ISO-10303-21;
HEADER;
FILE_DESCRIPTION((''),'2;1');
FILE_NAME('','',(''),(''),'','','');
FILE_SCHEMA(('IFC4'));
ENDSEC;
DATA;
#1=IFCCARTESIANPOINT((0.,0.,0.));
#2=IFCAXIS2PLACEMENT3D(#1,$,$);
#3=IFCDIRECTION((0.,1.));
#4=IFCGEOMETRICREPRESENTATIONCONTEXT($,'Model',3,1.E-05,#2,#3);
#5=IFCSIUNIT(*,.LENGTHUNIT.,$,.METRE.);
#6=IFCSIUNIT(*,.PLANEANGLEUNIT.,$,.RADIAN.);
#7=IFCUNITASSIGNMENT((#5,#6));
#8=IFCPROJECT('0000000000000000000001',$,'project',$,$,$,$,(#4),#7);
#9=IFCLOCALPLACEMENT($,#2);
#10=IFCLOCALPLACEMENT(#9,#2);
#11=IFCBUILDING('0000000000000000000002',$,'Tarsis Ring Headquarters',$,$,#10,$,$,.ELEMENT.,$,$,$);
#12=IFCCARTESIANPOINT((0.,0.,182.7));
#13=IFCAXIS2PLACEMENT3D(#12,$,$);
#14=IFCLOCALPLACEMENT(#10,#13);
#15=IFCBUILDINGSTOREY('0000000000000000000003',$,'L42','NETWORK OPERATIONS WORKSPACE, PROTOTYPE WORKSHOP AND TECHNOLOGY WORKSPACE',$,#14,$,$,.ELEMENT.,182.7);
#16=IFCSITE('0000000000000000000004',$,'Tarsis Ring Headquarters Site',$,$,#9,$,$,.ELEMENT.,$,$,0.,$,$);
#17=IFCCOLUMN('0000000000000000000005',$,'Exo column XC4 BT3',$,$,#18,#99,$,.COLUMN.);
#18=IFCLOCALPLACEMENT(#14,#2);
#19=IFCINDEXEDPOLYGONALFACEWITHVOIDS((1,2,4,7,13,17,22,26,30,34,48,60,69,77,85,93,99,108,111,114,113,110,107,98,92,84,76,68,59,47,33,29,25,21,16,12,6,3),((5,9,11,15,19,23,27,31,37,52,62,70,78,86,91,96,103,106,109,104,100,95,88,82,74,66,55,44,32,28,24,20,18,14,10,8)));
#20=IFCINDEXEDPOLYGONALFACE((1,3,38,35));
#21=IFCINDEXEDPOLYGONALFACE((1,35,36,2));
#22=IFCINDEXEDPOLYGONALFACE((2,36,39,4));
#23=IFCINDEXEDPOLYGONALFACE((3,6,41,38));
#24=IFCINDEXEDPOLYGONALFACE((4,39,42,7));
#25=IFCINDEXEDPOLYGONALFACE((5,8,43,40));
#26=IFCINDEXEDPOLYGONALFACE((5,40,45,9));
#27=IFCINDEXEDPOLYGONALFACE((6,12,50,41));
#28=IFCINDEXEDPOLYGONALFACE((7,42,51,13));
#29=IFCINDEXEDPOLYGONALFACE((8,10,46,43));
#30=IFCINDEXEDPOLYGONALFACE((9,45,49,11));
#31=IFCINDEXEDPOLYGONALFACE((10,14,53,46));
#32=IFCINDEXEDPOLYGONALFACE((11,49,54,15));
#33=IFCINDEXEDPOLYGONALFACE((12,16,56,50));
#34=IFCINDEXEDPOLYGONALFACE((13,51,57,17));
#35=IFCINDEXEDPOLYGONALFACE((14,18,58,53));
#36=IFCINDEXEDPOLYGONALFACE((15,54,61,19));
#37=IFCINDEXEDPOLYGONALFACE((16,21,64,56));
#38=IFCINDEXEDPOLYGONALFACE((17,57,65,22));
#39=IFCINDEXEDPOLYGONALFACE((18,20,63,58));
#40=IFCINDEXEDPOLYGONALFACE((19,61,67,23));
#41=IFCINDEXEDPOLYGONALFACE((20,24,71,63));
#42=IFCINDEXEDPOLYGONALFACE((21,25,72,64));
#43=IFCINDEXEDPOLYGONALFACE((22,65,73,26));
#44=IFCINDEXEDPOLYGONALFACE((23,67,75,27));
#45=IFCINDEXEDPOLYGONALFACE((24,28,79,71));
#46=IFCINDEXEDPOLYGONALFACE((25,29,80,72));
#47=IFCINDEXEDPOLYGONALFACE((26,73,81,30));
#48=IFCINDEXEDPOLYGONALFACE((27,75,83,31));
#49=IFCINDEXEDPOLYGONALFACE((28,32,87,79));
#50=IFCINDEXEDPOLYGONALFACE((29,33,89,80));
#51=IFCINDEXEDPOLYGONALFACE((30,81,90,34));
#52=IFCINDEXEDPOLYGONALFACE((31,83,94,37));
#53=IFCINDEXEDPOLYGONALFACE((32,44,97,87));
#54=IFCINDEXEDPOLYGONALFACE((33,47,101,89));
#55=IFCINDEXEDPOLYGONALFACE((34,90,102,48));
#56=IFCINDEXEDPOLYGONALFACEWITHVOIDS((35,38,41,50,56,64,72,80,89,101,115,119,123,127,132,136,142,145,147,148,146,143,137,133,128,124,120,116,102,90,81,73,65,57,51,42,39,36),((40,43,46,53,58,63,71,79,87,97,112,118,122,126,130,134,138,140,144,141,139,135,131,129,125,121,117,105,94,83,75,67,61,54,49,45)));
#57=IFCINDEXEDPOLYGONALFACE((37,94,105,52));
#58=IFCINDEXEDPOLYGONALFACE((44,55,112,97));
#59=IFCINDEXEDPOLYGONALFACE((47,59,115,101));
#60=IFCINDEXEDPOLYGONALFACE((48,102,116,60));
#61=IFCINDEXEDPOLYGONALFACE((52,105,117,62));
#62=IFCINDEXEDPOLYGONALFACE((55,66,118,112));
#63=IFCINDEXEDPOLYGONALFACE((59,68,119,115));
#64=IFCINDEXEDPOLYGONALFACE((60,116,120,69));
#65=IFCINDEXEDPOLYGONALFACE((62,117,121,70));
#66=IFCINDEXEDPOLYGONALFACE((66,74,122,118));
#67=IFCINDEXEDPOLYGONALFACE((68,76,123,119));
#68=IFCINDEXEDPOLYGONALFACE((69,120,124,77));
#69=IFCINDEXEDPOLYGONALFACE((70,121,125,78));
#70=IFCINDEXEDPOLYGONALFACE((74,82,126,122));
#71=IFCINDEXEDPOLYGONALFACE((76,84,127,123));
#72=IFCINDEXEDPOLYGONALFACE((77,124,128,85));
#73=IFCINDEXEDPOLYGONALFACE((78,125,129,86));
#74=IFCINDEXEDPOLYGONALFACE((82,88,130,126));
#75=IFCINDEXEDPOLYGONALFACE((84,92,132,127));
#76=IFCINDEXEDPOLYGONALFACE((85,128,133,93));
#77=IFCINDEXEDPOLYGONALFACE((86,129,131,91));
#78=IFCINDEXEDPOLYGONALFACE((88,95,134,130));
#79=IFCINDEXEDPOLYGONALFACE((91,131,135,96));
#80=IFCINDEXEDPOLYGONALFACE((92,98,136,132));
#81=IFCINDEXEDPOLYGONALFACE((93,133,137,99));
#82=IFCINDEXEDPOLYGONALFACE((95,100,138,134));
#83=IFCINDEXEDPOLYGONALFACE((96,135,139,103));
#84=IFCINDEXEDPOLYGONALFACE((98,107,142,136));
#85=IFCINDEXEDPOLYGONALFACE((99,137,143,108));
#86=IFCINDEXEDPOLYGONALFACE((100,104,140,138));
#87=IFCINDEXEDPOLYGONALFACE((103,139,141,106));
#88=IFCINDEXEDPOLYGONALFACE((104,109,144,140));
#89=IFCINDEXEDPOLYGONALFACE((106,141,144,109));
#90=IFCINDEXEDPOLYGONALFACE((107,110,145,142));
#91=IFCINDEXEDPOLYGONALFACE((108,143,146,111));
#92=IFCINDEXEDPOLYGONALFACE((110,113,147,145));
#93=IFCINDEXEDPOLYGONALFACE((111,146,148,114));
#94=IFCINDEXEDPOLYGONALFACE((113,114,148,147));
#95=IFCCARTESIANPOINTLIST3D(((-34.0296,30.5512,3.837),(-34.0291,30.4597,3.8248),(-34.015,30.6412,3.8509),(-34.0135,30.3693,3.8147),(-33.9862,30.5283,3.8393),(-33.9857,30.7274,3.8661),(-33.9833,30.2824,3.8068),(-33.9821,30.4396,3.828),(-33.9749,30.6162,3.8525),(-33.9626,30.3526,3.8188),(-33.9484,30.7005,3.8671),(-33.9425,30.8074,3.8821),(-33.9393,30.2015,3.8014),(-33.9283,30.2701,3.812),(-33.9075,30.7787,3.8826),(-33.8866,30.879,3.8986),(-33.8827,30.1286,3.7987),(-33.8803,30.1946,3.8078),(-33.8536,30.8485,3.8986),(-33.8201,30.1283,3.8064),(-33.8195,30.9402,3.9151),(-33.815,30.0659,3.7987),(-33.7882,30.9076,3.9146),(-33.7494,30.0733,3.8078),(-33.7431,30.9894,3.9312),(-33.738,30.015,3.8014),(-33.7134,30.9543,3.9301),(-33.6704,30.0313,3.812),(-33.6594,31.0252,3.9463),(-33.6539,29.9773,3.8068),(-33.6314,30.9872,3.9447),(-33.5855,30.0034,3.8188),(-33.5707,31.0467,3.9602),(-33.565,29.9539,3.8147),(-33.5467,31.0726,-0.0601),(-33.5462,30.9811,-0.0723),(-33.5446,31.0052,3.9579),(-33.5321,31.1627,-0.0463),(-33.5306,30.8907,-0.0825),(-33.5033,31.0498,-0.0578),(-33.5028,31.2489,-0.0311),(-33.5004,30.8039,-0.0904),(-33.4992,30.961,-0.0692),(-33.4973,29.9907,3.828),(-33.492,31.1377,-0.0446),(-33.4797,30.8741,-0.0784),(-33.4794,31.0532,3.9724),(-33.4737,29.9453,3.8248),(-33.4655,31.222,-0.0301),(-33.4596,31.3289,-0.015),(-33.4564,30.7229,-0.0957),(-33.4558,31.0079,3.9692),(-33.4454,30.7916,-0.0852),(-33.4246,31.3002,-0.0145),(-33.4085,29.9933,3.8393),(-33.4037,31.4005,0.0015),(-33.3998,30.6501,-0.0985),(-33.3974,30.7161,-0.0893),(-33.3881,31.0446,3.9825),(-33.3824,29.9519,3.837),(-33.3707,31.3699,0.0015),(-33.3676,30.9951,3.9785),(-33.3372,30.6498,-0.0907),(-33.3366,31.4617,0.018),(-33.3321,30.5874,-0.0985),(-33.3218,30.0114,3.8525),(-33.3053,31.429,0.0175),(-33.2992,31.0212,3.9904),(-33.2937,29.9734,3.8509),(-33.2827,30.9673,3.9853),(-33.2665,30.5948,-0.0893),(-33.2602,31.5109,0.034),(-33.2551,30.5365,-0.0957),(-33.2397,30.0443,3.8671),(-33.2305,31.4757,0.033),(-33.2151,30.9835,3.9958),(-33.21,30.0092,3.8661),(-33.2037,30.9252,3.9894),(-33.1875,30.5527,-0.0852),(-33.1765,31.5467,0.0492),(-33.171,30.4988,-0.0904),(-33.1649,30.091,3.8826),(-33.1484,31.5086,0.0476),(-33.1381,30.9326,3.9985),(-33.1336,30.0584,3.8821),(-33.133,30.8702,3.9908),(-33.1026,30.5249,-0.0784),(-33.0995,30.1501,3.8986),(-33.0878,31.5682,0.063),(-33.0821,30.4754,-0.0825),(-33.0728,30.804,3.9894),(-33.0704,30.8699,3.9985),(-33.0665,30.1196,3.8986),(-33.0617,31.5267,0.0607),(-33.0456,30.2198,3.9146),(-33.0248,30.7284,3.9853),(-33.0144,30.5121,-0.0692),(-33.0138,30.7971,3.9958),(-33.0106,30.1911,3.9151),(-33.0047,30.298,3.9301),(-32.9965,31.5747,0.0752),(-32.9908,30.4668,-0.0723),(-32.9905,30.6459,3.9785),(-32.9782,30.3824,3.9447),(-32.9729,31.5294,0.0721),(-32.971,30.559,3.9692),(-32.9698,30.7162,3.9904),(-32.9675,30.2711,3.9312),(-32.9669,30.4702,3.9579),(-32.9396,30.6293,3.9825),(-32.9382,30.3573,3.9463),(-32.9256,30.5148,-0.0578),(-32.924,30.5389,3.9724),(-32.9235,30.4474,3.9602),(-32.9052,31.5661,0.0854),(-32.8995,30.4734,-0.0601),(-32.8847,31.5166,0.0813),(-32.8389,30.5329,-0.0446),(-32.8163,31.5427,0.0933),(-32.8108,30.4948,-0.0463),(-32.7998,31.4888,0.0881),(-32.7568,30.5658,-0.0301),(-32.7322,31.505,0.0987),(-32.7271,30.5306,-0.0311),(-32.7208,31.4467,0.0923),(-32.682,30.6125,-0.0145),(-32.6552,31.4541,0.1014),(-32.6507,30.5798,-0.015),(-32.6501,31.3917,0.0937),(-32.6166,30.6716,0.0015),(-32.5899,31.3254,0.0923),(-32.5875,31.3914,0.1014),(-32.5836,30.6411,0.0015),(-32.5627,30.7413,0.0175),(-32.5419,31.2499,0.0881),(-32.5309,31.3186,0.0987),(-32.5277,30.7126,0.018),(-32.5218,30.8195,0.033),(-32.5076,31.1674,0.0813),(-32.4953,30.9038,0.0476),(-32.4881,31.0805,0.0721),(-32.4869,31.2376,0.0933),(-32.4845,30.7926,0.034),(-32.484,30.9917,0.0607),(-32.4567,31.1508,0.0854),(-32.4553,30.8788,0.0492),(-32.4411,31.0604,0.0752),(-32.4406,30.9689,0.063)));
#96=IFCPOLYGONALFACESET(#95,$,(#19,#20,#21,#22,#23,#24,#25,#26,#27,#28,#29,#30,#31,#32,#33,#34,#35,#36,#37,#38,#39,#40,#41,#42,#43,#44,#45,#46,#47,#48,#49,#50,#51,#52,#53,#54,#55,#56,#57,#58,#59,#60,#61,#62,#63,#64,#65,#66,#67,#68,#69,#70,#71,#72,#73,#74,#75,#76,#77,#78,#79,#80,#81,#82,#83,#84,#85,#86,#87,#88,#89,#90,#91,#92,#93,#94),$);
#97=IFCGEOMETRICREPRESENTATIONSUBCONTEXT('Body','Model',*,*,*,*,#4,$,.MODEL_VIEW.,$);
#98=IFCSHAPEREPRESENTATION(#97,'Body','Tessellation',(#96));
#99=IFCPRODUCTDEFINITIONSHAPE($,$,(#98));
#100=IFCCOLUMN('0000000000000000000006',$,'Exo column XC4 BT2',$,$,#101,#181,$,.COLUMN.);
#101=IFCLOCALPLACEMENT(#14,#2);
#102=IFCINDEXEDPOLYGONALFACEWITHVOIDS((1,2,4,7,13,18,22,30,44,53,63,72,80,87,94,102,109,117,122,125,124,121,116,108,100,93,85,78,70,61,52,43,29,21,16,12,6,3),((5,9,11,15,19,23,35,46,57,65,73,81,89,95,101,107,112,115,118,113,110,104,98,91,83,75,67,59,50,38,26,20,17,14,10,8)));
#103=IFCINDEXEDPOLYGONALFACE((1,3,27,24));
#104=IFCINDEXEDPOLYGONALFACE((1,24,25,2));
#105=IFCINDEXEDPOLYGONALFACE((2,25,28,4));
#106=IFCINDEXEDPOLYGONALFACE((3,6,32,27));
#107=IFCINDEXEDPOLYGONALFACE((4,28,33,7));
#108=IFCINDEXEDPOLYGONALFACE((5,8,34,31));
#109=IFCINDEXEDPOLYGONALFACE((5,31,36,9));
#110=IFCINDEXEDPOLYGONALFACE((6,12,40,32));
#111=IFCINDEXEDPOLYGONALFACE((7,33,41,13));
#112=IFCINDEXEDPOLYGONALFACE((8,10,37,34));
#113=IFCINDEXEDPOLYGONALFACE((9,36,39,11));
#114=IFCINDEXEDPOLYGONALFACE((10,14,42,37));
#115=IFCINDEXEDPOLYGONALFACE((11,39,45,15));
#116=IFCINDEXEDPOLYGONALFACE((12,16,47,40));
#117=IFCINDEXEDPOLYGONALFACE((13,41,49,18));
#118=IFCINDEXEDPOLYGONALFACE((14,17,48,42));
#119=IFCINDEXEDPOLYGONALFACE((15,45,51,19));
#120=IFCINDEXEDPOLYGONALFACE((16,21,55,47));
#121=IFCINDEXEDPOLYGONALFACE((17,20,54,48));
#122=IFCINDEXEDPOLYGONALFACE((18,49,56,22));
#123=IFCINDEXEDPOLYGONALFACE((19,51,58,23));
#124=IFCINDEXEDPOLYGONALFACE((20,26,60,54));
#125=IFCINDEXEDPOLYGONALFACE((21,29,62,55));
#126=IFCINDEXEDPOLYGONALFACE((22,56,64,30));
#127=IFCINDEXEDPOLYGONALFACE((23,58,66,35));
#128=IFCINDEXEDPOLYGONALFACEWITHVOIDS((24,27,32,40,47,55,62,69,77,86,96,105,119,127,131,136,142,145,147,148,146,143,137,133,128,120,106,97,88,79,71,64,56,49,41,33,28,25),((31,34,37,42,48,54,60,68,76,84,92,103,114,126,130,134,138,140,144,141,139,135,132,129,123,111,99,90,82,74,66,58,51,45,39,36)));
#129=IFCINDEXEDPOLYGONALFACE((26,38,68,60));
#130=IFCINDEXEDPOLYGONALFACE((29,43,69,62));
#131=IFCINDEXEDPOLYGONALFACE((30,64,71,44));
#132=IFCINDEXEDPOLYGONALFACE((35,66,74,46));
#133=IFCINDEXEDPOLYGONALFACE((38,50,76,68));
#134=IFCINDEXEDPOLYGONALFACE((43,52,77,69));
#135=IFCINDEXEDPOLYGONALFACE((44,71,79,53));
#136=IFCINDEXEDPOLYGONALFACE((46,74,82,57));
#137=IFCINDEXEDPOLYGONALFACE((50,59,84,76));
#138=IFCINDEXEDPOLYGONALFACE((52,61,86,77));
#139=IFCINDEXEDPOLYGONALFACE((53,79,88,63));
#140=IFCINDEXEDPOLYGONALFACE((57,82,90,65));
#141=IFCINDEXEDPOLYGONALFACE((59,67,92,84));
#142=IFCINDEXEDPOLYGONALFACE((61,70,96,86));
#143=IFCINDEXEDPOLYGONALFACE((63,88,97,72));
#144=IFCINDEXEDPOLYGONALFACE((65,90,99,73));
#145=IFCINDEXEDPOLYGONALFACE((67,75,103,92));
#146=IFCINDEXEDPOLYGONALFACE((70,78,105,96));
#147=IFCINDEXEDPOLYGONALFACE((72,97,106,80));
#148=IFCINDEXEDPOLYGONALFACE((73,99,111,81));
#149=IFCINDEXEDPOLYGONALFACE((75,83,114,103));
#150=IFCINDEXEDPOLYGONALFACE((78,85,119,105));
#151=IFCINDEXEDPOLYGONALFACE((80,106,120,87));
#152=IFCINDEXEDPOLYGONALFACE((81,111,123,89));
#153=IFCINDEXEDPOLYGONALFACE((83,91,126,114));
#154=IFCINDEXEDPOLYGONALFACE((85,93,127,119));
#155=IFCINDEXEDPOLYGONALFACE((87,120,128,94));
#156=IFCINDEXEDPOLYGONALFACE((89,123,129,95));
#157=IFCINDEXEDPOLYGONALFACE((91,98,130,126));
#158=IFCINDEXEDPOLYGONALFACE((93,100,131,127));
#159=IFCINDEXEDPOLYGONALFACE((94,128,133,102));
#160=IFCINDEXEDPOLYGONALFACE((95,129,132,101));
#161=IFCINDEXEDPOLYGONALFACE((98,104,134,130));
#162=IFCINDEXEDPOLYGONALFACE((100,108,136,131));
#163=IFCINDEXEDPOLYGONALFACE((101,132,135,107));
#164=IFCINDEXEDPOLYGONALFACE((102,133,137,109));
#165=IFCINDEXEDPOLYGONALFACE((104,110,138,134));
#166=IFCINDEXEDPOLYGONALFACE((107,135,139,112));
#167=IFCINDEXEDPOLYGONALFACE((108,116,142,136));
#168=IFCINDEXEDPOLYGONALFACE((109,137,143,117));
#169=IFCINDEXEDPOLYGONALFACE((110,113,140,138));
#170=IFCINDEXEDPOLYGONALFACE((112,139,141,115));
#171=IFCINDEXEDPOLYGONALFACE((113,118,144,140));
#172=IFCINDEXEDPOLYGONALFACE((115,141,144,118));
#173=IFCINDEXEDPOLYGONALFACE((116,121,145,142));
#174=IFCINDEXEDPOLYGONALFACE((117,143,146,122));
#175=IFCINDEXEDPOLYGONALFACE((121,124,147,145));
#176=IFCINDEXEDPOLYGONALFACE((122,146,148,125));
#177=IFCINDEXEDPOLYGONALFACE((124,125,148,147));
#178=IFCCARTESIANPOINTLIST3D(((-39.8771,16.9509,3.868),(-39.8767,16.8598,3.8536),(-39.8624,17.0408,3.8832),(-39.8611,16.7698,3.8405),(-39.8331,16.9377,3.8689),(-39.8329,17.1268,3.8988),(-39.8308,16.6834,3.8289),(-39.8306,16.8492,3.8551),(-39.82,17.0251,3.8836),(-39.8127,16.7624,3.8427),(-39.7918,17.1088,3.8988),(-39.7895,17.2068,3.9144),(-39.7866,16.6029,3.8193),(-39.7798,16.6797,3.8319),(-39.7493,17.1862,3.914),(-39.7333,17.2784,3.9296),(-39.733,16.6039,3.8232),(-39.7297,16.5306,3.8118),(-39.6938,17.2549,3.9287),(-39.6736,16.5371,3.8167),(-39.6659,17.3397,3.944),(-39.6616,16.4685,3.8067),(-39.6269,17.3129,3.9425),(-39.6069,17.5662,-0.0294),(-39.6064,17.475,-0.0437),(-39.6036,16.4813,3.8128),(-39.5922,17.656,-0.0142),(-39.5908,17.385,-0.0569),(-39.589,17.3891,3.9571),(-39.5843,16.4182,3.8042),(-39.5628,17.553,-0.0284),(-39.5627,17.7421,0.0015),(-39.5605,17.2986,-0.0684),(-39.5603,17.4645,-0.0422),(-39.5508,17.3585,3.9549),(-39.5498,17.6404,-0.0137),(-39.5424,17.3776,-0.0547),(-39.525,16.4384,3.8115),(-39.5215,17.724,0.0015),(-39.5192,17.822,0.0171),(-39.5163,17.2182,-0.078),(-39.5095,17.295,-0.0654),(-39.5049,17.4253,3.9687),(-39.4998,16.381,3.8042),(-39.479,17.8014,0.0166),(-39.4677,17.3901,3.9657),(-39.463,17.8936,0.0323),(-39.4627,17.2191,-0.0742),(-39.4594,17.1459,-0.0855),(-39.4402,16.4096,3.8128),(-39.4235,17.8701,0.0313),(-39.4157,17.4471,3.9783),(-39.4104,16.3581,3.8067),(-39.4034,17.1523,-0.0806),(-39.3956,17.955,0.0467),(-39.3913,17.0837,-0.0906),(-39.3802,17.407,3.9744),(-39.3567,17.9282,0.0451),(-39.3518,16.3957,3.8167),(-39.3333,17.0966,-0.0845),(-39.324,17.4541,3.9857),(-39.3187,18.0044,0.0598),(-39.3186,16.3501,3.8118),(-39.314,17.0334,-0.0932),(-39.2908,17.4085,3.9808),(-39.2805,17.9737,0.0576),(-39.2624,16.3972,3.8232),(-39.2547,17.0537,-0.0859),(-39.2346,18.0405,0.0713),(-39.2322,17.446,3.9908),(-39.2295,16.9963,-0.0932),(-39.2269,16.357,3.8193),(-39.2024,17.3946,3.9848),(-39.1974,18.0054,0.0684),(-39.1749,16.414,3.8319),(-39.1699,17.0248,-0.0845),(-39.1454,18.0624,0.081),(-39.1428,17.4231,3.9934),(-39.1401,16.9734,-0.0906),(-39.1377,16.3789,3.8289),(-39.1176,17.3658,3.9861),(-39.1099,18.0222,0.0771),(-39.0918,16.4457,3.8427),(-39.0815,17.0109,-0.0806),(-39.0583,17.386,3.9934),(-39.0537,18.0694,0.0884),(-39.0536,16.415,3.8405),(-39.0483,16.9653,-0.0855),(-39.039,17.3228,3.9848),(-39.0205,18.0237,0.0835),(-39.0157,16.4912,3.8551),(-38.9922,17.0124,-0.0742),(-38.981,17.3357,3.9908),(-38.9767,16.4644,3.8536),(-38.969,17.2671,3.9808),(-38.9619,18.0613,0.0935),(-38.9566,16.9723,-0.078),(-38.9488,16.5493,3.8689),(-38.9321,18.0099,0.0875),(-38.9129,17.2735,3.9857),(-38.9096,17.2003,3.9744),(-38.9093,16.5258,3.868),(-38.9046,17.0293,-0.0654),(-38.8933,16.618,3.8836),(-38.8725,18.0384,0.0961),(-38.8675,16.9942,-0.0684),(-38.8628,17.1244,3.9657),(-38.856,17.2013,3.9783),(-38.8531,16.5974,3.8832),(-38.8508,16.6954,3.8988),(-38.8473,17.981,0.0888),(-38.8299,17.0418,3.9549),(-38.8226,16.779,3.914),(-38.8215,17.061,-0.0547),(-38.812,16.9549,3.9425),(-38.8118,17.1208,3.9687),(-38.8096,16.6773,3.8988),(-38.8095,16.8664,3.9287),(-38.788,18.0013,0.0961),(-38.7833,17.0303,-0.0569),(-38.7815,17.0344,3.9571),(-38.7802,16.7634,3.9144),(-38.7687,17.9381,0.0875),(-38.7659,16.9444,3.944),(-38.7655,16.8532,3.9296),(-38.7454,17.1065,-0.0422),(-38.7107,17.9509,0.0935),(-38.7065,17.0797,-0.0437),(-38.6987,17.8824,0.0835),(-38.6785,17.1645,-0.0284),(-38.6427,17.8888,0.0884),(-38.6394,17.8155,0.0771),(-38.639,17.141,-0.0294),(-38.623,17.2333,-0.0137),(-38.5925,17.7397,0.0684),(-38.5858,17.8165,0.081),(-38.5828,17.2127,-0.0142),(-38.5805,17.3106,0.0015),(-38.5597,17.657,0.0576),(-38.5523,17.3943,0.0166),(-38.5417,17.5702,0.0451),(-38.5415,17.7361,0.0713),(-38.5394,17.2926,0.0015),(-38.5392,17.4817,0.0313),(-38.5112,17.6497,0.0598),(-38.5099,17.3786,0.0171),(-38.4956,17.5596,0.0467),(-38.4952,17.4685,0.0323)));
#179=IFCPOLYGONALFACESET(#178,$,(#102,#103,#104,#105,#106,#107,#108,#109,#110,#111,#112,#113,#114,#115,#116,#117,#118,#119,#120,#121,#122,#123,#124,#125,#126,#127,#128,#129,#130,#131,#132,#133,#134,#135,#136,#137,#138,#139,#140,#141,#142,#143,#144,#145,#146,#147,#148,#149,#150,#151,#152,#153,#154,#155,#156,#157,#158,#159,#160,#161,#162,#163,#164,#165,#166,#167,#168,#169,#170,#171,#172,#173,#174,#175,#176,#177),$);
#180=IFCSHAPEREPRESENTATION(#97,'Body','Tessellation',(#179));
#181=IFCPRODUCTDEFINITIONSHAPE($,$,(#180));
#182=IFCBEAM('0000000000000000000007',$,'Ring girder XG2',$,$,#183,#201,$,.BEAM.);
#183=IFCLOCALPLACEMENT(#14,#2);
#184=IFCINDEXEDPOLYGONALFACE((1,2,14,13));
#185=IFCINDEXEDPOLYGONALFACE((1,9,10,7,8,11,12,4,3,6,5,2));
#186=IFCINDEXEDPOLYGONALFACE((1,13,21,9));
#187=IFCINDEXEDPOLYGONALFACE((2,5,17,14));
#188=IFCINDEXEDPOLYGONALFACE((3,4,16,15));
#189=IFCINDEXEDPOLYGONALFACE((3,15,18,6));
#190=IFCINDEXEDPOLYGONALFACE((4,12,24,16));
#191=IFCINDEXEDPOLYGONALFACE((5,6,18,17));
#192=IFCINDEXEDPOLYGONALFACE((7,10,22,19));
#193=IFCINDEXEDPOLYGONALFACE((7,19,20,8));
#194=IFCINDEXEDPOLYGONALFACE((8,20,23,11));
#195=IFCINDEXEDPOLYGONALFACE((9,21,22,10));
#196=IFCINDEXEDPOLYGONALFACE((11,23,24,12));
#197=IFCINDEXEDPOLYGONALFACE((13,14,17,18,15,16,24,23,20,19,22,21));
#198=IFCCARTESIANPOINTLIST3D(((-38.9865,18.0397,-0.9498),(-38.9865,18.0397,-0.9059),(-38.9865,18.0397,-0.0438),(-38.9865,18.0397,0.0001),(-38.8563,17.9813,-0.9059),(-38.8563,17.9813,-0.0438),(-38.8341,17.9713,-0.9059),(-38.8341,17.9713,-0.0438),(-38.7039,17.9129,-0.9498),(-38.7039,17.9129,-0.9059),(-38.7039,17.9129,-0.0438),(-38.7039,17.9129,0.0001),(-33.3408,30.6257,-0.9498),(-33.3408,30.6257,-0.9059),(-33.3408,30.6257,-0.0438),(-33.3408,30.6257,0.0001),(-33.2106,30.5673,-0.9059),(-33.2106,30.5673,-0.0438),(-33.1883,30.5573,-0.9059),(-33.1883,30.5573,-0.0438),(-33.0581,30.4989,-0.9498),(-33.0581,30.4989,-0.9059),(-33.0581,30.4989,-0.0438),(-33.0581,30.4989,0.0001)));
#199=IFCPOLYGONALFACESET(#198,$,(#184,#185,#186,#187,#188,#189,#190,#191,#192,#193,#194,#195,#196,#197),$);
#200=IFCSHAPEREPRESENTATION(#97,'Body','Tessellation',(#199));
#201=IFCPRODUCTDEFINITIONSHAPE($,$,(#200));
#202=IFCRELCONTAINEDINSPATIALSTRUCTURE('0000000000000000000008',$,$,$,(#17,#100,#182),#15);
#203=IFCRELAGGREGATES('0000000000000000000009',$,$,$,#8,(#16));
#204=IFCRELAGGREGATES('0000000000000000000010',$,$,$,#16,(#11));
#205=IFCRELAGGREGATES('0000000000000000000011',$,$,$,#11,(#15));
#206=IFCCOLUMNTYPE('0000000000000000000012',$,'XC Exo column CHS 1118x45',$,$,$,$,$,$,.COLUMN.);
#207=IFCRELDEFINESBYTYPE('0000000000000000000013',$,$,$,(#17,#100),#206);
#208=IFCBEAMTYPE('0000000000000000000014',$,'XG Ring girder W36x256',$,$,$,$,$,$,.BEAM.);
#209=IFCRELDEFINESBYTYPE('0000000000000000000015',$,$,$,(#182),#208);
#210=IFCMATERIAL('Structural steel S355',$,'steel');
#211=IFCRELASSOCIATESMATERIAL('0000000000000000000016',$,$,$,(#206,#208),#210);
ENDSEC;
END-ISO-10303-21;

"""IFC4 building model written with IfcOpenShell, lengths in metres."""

from ifc_helpers import new_model, si_unit, direction, frame, origin, origin_2d, place, context, subcontext, project, spatial, hollow_circle, i_section, extrude, material, material_profile, profile_set, type_object, element, save


model = new_model("IFC4")

# Units and contexts
model_context = context("Model", 3, precision=1e-05, world=origin(), true_north=direction((0.0, 1.0)))
body_context = subcontext(model_context, "Body", "Model", "MODEL_VIEW")
ifc_project = project(units=[si_unit("LENGTHUNIT", "METRE"), si_unit("PLANEANGLEUNIT", "RADIAN")], contexts=[model_context])

# Site, building, storey
site_placement = place(None, origin())
site = spatial("IfcSite", under=ifc_project, at=site_placement, Name="Tarsis Ring Headquarters Site", CompositionType="ELEMENT", RefElevation=0.0)
building_placement = place(site_placement, origin())
building = spatial("IfcBuilding", under=site, at=building_placement, Name="Tarsis Ring Headquarters", CompositionType="ELEMENT")
storey_placement = place(building_placement, frame((0.0, 0.0, 182.7)))
storey = spatial("IfcBuildingStorey", under=building, at=storey_placement, Name="L42", Description="NETWORK OPERATIONS WORKSPACE, PROTOTYPE WORKSHOP AND TECHNOLOGY WORKSPACE", CompositionType="ELEMENT", Elevation=182.7)

# Columns
ifc_material_1 = material(Name="Structural steel S355", Category="steel")
ifc_material_profile_1 = material_profile(ifc_material_1, hollow_circle(Radius=0.5588, WallThickness=0.0449, at=origin_2d()), Name="CHS 1118x45")
ifc_profile_set_1 = profile_set([ifc_material_profile_1], Name="Structural steel S355")
column_type = type_object("IfcColumnType", Name="XC Exo column CHS 1118x45", PredefinedType="COLUMN", material=ifc_profile_set_1)
column_1_placement = place(storey_placement, frame((-32.9937, 31.0208, 0.0015), z_axis=(-0.121901, -0.131638, 0.983774), x_axis=(0.733723, -0.679449, 0.0)))
element("IfcColumn", 1, at=column_1_placement, inside=storey, type_object=column_type, Name="Exo column XC4 BT3", PredefinedType="COLUMN", context=body_context, shape_type="SweptSolid", body=[
    extrude(hollow_circle(Radius=0.5588, WallThickness=0.0449, at=origin_2d()), origin(), (0.0, 0.0, 1.0), 3.9614),
])
column_2_placement = place(storey_placement, frame((-39.051, 17.5173, 0.0015), z_axis=(-0.068339, -0.155569, 0.985458), x_axis=(0.915556, -0.402191, 0.0)))
element("IfcColumn", 2, at=column_2_placement, inside=storey, type_object=column_type, Name="Exo column XC4 BT2", PredefinedType="COLUMN", context=body_context, shape_type="SweptSolid", body=[
    extrude(hollow_circle(Radius=0.5588, WallThickness=0.0449, at=origin_2d()), origin(), (0.0, 0.0, 1.0), 3.9548),
])

# Beam
ifc_material_profile_2 = material_profile(ifc_material_1, i_section(OverallWidth=0.3098, OverallDepth=0.95, WebThickness=0.0244, FlangeThickness=0.0439, at=origin_2d()), Name="W36x256")
ifc_profile_set_2 = profile_set([ifc_material_profile_2], Name="Structural steel S355")
beam_type = type_object("IfcBeamType", Name="XG Ring girder W36x256", PredefinedType="BEAM", material=ifc_profile_set_2)
for number, where, z_axis, x_axis, name in (
    (3, (-33.1995, 30.5623, -0.4749), (-0.409284, -0.912407, 0.0), (0.912407, -0.409284, 0.0), "Ring girder XG2"),
):
    element("IfcBeam", number, at=place(storey_placement, frame(where, z_axis=z_axis, x_axis=x_axis)), inside=storey, type_object=beam_type, Name=name, PredefinedType="BEAM", context=body_context, shape_type="SweptSolid", body=[
        extrude(i_section(OverallWidth=0.3098, OverallDepth=0.95, WebThickness=0.0244, FlangeThickness=0.0439, at=origin_2d()), origin(), (0.0, 0.0, 1.0), 13.7942),
    ])

save(model, "model.ifc")
